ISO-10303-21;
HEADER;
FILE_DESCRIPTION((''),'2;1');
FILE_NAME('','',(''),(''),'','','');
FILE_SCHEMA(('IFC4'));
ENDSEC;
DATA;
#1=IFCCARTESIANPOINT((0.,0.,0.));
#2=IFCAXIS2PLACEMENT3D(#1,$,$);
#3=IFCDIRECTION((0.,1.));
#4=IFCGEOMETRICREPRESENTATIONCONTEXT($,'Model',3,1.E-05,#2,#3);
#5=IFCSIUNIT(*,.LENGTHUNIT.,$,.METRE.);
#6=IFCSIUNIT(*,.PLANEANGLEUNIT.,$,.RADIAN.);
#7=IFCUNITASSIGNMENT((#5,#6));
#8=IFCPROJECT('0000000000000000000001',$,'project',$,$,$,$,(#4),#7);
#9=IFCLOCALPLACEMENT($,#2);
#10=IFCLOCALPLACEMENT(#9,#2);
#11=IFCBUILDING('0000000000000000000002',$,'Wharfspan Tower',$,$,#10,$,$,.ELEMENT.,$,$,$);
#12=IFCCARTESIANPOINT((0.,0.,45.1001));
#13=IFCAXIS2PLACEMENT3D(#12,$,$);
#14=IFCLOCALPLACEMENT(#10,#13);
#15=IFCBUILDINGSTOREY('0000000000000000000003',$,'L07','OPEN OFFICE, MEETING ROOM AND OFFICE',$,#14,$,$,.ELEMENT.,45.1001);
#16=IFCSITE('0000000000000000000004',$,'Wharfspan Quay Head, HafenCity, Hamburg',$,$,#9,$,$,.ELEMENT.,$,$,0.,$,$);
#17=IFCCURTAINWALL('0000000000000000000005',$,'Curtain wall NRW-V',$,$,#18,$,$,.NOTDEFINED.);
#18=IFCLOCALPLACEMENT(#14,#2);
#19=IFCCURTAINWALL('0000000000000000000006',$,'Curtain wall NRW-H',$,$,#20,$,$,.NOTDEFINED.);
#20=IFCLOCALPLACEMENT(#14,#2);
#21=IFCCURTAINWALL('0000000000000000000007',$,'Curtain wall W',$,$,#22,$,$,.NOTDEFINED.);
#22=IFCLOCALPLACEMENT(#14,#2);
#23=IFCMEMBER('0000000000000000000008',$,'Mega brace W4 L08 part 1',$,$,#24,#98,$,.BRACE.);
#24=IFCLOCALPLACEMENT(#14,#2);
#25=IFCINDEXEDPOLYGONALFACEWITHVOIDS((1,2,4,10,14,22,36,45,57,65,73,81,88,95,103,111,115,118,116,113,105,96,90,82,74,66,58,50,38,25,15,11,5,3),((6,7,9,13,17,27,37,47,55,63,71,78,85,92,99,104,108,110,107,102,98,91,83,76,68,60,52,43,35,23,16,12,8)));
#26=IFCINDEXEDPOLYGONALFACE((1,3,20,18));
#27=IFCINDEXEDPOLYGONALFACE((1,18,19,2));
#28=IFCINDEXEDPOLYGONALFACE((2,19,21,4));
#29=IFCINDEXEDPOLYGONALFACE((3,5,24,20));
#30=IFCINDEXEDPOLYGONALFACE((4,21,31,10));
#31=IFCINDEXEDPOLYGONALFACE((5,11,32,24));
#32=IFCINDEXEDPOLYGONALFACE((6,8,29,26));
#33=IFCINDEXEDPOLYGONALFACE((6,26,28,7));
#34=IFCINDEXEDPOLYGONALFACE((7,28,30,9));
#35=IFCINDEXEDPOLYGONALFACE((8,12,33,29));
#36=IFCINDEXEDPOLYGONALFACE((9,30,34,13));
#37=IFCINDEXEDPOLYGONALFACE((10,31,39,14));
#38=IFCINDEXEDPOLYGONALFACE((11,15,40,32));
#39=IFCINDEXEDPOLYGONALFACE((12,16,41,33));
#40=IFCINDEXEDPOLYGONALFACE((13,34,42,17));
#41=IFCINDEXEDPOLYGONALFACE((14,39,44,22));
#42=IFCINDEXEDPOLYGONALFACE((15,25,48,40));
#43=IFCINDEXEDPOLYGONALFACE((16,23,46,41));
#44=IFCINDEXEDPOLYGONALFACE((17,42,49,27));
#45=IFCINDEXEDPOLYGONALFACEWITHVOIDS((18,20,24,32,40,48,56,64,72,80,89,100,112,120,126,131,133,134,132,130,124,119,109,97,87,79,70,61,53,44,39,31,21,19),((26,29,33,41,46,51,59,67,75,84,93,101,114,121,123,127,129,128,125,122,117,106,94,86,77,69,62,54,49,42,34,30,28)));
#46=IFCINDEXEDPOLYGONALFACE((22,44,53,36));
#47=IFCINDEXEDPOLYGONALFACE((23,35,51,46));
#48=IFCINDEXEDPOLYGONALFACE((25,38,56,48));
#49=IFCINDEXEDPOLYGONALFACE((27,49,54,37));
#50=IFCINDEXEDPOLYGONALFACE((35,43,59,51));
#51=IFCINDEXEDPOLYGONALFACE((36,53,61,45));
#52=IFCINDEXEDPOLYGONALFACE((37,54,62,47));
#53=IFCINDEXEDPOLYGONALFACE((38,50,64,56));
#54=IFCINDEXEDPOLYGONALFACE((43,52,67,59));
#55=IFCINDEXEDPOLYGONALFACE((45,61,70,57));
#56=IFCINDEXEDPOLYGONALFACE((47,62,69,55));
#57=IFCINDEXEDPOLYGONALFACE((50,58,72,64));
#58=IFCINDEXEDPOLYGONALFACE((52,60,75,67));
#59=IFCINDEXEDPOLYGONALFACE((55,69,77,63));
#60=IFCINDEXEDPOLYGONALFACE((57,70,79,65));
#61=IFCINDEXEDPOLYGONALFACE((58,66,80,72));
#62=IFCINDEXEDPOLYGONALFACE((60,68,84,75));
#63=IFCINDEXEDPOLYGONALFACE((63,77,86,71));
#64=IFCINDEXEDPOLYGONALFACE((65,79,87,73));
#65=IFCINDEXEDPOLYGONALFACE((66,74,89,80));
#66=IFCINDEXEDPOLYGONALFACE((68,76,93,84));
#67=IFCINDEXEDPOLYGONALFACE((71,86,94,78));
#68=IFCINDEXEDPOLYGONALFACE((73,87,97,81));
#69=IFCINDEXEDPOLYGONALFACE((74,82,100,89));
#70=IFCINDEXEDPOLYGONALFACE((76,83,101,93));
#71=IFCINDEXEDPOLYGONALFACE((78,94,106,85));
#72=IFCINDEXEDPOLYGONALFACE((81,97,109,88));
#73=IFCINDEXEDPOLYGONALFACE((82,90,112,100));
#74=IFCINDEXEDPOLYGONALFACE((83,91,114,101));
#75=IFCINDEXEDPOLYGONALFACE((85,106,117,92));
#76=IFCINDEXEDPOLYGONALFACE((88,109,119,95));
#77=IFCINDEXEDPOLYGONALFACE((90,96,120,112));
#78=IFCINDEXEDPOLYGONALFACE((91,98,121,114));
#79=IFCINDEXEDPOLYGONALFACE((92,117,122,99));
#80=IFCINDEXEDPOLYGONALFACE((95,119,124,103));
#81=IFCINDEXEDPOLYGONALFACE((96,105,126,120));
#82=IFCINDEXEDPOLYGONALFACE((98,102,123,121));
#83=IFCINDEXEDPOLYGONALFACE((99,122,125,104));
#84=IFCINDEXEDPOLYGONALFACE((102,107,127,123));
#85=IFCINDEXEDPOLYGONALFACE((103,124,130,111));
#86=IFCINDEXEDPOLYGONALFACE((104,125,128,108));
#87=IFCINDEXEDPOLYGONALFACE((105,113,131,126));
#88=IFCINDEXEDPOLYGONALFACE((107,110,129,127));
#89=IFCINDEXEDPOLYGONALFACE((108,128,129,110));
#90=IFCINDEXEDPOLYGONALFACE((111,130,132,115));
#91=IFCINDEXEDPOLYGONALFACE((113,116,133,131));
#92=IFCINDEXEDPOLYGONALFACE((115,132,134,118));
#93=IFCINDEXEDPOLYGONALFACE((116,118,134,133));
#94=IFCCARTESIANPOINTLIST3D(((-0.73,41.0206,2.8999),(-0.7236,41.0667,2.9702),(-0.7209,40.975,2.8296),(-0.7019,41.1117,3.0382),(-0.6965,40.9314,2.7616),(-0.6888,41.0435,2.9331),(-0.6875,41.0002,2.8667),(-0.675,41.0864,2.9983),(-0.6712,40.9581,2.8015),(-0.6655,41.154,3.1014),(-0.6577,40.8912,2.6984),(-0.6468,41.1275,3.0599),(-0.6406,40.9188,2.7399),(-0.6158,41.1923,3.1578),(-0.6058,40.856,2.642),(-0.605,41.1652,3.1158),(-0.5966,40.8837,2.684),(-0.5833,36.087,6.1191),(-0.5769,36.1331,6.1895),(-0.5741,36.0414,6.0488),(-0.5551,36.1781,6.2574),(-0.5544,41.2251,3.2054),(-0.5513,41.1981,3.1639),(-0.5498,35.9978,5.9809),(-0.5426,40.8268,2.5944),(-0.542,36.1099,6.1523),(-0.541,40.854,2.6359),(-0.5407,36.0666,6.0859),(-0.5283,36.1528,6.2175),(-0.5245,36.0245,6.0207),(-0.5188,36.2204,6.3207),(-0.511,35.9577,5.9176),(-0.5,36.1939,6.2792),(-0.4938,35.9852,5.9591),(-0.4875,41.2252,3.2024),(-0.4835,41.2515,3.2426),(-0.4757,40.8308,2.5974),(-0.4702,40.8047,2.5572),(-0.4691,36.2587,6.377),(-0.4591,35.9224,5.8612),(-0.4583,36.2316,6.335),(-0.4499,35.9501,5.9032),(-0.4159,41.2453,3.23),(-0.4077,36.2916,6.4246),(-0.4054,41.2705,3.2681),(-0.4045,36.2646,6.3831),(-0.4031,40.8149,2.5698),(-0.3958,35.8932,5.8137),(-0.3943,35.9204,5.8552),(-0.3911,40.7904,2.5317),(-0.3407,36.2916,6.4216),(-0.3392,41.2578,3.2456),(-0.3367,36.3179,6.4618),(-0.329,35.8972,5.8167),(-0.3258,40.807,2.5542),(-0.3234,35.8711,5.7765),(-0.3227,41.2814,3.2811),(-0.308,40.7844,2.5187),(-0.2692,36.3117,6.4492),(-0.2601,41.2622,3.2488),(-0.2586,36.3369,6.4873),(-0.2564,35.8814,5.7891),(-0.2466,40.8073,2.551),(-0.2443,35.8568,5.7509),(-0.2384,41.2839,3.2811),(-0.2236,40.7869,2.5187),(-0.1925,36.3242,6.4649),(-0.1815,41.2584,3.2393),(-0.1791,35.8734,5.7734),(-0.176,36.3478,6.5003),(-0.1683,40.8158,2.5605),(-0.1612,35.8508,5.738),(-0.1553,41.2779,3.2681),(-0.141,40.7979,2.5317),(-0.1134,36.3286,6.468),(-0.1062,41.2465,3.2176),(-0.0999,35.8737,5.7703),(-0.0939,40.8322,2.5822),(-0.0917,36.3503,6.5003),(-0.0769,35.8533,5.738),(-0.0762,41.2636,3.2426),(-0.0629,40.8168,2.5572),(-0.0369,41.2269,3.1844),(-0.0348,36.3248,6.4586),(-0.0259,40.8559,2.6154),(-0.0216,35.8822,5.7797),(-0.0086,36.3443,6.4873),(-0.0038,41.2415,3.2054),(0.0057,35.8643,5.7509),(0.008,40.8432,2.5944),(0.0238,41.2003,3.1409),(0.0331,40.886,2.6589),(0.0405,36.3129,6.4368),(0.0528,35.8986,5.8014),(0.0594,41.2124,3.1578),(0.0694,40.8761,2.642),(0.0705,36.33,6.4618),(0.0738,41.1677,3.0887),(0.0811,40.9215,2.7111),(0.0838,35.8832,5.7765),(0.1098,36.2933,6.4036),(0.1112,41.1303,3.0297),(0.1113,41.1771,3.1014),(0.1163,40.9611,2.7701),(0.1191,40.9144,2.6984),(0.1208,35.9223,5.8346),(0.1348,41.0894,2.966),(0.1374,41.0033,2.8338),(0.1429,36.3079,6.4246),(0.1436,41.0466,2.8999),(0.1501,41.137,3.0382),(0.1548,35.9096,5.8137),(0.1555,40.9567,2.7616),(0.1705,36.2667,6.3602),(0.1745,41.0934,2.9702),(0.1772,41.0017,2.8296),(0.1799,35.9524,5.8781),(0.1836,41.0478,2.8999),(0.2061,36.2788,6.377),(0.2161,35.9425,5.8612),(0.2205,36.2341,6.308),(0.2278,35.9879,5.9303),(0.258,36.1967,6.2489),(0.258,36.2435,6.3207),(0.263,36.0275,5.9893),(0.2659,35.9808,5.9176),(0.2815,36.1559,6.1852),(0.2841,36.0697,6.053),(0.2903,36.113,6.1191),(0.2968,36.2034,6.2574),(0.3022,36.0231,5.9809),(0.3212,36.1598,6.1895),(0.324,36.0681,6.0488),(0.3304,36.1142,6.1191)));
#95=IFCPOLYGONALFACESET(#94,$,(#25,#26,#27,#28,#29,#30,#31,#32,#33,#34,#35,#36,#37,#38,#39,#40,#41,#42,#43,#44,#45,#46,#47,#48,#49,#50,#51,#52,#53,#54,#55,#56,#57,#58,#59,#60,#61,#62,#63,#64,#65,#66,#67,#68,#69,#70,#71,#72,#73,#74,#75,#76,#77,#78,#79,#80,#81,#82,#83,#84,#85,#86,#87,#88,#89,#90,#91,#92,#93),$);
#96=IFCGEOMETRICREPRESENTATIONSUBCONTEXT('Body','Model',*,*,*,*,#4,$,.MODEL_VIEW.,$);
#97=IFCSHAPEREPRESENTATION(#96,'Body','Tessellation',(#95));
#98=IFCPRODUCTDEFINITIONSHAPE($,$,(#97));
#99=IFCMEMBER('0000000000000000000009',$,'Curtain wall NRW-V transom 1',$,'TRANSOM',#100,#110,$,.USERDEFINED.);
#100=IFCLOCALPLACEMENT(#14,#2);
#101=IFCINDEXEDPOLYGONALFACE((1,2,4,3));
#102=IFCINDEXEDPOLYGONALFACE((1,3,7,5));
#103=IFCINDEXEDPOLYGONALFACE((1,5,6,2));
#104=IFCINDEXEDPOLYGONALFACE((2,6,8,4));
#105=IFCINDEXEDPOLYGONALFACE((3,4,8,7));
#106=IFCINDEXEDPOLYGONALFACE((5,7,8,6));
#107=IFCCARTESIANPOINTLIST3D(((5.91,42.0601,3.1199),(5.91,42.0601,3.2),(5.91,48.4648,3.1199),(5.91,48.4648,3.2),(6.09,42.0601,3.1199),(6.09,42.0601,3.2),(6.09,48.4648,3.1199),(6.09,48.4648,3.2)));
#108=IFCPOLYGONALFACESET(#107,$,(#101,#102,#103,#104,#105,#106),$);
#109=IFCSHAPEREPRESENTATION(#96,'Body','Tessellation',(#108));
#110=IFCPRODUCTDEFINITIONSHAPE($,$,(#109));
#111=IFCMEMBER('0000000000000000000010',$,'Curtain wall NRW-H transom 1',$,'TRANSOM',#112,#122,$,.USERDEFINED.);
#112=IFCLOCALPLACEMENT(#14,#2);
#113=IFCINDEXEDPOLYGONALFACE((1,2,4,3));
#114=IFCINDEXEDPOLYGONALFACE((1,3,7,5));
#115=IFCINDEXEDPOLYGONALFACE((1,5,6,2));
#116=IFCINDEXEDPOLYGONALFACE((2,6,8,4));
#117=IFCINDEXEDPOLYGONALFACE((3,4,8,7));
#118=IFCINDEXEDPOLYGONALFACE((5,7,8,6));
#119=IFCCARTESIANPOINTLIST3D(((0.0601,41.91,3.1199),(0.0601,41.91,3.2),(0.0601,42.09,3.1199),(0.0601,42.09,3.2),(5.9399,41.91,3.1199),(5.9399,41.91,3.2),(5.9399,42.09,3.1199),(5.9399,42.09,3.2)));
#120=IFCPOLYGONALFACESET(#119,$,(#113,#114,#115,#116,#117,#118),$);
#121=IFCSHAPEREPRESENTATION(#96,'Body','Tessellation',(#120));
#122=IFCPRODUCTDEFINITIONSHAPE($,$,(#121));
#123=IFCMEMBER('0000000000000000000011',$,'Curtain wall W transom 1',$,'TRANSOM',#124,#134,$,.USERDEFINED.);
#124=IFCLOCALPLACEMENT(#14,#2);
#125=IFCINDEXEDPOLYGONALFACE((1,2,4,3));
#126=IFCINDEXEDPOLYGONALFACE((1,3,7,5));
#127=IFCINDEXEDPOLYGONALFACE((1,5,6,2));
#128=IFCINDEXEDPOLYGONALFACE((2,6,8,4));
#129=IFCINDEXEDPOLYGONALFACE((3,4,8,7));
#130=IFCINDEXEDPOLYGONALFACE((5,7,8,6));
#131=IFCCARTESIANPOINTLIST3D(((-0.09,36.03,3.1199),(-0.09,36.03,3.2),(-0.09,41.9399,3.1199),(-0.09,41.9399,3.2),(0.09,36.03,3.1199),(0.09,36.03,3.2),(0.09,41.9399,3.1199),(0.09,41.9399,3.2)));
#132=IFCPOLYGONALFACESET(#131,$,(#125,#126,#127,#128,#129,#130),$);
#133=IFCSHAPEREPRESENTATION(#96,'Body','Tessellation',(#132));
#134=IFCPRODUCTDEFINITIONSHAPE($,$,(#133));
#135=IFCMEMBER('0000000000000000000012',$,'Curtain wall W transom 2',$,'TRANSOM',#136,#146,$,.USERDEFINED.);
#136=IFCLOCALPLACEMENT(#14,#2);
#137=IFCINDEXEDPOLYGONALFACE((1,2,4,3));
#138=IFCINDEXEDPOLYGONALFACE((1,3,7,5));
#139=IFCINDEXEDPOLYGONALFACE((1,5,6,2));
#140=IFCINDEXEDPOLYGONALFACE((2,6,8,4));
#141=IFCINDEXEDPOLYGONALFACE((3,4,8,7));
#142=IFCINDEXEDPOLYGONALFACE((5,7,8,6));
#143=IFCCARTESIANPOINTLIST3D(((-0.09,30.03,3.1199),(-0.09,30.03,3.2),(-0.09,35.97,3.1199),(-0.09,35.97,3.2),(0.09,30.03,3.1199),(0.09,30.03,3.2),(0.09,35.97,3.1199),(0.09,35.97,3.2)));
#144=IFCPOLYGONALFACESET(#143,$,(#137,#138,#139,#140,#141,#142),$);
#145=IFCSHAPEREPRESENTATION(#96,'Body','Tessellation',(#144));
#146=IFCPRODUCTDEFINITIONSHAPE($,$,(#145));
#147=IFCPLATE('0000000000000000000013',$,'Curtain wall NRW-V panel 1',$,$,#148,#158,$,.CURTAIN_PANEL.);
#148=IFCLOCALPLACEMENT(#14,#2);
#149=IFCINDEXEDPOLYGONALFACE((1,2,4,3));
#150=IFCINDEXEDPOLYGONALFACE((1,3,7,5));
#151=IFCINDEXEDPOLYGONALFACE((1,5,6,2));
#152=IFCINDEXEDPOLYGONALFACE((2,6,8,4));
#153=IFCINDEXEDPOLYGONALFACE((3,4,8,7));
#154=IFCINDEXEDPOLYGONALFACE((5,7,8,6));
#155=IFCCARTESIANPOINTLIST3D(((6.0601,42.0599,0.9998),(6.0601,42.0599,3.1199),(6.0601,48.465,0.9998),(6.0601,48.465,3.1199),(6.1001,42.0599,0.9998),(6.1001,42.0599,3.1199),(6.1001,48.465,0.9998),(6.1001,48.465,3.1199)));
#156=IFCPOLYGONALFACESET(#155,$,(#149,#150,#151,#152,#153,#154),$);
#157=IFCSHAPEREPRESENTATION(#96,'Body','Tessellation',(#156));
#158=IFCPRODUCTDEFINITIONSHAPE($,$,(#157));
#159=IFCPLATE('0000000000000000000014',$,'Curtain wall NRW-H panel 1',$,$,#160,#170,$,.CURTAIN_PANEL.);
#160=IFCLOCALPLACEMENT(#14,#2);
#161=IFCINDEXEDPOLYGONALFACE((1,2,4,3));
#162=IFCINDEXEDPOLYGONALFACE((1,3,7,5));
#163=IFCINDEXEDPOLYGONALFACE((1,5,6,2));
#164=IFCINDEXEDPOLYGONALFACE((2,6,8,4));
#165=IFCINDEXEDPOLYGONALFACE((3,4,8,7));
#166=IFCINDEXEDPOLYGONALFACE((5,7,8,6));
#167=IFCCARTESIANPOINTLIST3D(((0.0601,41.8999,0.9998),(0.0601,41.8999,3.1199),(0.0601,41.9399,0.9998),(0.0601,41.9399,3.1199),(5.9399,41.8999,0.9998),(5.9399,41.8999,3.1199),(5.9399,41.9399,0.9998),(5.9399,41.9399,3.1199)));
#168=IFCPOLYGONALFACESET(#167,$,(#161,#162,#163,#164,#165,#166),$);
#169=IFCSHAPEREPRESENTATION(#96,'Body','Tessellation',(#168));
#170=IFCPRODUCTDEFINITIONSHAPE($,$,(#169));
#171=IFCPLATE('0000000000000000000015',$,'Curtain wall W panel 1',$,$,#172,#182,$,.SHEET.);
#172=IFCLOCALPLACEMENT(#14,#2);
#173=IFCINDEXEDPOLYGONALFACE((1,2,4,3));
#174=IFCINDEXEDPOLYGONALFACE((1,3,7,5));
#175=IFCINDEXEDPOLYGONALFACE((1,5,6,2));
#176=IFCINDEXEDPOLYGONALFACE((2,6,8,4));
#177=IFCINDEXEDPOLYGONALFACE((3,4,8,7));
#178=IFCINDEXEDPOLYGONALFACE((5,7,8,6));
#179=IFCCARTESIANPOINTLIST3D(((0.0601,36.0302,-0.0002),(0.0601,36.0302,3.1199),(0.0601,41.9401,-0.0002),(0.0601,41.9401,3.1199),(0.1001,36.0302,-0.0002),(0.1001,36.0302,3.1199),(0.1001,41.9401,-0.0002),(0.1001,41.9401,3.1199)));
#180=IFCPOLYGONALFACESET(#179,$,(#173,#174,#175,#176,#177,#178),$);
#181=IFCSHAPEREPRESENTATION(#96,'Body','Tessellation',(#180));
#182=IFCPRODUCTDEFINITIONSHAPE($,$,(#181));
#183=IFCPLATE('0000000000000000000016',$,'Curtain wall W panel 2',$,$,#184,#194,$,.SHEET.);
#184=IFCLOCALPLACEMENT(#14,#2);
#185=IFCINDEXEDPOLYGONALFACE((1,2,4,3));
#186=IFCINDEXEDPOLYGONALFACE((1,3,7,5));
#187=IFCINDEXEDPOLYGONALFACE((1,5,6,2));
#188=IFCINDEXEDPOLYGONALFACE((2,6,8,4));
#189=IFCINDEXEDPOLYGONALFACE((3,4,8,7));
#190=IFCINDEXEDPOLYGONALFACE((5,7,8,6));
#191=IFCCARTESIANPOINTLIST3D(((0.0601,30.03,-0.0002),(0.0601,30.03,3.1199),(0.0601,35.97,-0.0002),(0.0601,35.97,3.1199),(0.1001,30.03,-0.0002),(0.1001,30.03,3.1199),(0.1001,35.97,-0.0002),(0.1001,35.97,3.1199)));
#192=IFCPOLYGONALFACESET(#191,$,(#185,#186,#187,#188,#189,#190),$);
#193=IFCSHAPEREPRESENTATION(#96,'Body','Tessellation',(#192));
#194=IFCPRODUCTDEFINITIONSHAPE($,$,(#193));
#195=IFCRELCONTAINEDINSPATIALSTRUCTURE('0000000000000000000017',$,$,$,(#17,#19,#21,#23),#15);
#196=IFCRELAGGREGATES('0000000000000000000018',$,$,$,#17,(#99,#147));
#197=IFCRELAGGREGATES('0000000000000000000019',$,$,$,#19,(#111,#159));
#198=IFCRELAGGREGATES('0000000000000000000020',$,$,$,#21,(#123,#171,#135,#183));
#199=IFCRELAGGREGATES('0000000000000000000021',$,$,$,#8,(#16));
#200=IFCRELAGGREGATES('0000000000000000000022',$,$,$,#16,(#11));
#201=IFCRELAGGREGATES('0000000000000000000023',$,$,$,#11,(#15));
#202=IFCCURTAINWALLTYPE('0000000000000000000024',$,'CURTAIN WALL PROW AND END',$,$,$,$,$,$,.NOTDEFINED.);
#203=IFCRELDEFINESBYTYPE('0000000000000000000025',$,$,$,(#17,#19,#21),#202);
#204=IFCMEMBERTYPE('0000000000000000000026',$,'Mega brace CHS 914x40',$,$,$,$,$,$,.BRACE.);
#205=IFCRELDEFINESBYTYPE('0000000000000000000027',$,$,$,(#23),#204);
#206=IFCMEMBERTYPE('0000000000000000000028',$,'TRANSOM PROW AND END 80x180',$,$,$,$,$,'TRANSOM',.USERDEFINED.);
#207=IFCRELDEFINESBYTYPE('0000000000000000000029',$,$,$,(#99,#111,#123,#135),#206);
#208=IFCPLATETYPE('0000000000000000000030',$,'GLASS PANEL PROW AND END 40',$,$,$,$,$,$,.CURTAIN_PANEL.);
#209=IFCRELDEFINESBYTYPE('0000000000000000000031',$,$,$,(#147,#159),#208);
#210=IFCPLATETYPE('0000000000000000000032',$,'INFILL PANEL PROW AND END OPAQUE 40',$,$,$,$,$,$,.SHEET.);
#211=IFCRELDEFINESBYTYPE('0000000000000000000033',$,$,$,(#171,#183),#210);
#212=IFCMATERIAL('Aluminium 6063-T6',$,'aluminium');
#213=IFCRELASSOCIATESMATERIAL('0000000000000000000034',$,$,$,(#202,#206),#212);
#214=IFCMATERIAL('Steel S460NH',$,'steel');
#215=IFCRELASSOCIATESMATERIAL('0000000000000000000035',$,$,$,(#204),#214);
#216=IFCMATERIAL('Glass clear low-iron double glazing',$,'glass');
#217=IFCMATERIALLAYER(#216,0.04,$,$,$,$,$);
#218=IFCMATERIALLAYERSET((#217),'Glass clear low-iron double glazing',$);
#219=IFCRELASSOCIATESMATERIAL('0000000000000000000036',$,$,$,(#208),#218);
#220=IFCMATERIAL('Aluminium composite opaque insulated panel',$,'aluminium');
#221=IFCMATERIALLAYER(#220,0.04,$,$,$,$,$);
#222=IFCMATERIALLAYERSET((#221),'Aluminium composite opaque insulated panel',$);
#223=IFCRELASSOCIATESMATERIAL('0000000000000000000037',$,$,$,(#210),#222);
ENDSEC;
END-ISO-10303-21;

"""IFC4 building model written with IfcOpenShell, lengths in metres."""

from ifc_helpers import new_model, si_unit, direction, frame, origin, origin_2d, place, context, subcontext, project, spatial, rectangle, hollow_circle, extrude, material, layer, layer_set, material_profile, profile_set, type_object, element, aggregate, save


model = new_model("IFC4")

# Units and contexts
model_context = context("Model", 3, precision=1e-05, world=origin(), true_north=direction((0.0, 1.0)))
body_context = subcontext(model_context, "Body", "Model", "MODEL_VIEW")
ifc_project = project(units=[si_unit("LENGTHUNIT", "METRE"), si_unit("PLANEANGLEUNIT", "RADIAN")], contexts=[model_context])

# Site, building, storey
site_placement = place(None, origin())
site = spatial("IfcSite", under=ifc_project, at=site_placement, Name="Wharfspan Quay Head, HafenCity, Hamburg", CompositionType="ELEMENT", RefElevation=0.0)
building_placement = place(site_placement, origin())
building = spatial("IfcBuilding", under=site, at=building_placement, Name="Wharfspan Tower", CompositionType="ELEMENT")
storey_placement = place(building_placement, frame((0.0, 0.0, 45.1001)))
storey = spatial("IfcBuildingStorey", under=building, at=storey_placement, Name="L07", Description="OPEN OFFICE, MEETING ROOM AND OFFICE", CompositionType="ELEMENT", Elevation=45.1001)

# Curtain walls
ifc_material_1 = material(Name="Aluminium 6063-T6", Category="aluminium")
curtain_wall_type = type_object("IfcCurtainWallType", Name="CURTAIN WALL PROW AND END", PredefinedType="NOTDEFINED", material=ifc_material_1)
curtain_wall_1_placement = place(storey_placement, origin())
curtain_wall_1 = element("IfcCurtainWall", 1, at=curtain_wall_1_placement, inside=storey, type_object=curtain_wall_type, Name="Curtain wall NRW-V", PredefinedType="NOTDEFINED")
curtain_wall_2_placement = place(storey_placement, origin())
curtain_wall_2 = element("IfcCurtainWall", 2, at=curtain_wall_2_placement, inside=storey, type_object=curtain_wall_type, Name="Curtain wall NRW-H", PredefinedType="NOTDEFINED")
curtain_wall_3_placement = place(storey_placement, origin())
curtain_wall_3 = element("IfcCurtainWall", 3, at=curtain_wall_3_placement, inside=storey, type_object=curtain_wall_type, Name="Curtain wall W", PredefinedType="NOTDEFINED")

# Members
ifc_material_2 = material(Name="Steel S460NH", Category="steel")
ifc_material_profile_1 = material_profile(ifc_material_2, hollow_circle(Radius=0.457, WallThickness=0.04, at=origin_2d()))
ifc_profile_set_1 = profile_set([ifc_material_profile_1], Name="Steel S460NH")
member_type_1 = type_object("IfcMemberType", Name="Mega brace CHS 914x40", PredefinedType="BRACE", material=ifc_profile_set_1)
member_1_placement = place(storey_placement, frame((-0.2732, 41.0342, 2.8999), z_axis=(0.0249, -0.837221, 0.546298), x_axis=(0.999556, 0.02973, 0.000003)))
element("IfcMember", 4, at=member_1_placement, inside=storey, type_object=member_type_1, Name="Mega brace W4 L08 part 1", PredefinedType="BRACE", context=body_context, shape_type="SweptSolid", body=[
    extrude(hollow_circle(Radius=0.457, WallThickness=0.04, at=origin_2d()), origin(), (0.0, 0.0, 1.0), 5.8928),
])
ifc_material_profile_2 = material_profile(ifc_material_1, rectangle(XDim=0.1799, YDim=0.0801, at=origin_2d()))
ifc_profile_set_2 = profile_set([ifc_material_profile_2], Name="Aluminium 6063-T6")
member_type_2 = type_object("IfcMemberType", Name="TRANSOM PROW AND END 80x180", ElementType="TRANSOM", PredefinedType="USERDEFINED", material=ifc_profile_set_2)
member_2_placement = place(storey_placement, frame((6.0, 48.4648, 3.1599), z_axis=(0.0, -1.0, 0.0), x_axis=(1.0, 0.0, 0.0)))
member_2 = element("IfcMember", 5, at=member_2_placement, type_object=member_type_2, Name="Curtain wall NRW-V transom 1", ObjectType="TRANSOM", PredefinedType="USERDEFINED", context=body_context, shape_type="SweptSolid", body=[
    extrude(rectangle(XDim=0.1799, YDim=0.0801, at=origin_2d()), origin(), (0.0, 0.0, 1.0), 6.4048),
])
member_3_placement = place(storey_placement, frame((5.9399, 42.0, 3.1599), z_axis=(-1.0, 0.0, 0.0), x_axis=(0.0, -1.0, 0.0)))
member_3 = element("IfcMember", 6, at=member_3_placement, type_object=member_type_2, Name="Curtain wall NRW-H transom 1", ObjectType="TRANSOM", PredefinedType="USERDEFINED", context=body_context, shape_type="SweptSolid", body=[
    extrude(rectangle(XDim=0.1799, YDim=0.0801, at=origin_2d()), origin(), (0.0, 0.0, 1.0), 5.8799),
])
member_4_placement = place(storey_placement, frame((0.0, 41.9399, 3.1599), z_axis=(0.0, -1.0, 0.0), x_axis=(1.0, 0.0, 0.0)))
member_4 = element("IfcMember", 7, at=member_4_placement, type_object=member_type_2, Name="Curtain wall W transom 1", ObjectType="TRANSOM", PredefinedType="USERDEFINED", context=body_context, shape_type="SweptSolid", body=[
    extrude(rectangle(XDim=0.1799, YDim=0.0801, at=origin_2d()), origin(), (0.0, 0.0, 1.0), 5.9099),
])
member_5_placement = place(storey_placement, frame((0.0, 35.97, 3.1599), z_axis=(0.0, -1.0, 0.0), x_axis=(1.0, 0.0, 0.0)))
member_5 = element("IfcMember", 8, at=member_5_placement, type_object=member_type_2, Name="Curtain wall W transom 2", ObjectType="TRANSOM", PredefinedType="USERDEFINED", context=body_context, shape_type="SweptSolid", body=[
    extrude(rectangle(XDim=0.1799, YDim=0.0801, at=origin_2d()), origin(), (0.0, 0.0, 1.0), 5.9399),
])

# Plates
ifc_material_3 = material(Name="Glass clear low-iron double glazing", Category="glass")
ifc_layer_1 = layer(ifc_material_3, 0.04)
ifc_layer_set_1 = layer_set([ifc_layer_1], Name="Glass clear low-iron double glazing")
plate_type_1 = type_object("IfcPlateType", Name="GLASS PANEL PROW AND END 40", PredefinedType="CURTAIN_PANEL", material=ifc_layer_set_1)
plate_1_placement = place(storey_placement, frame((6.0801, 45.2625, 0.9998), z_axis=(0.0, 0.0, 1.0), x_axis=(0.0, -1.0, 0.0)))
plate_1 = element("IfcPlate", 9, at=plate_1_placement, type_object=plate_type_1, Name="Curtain wall NRW-V panel 1", PredefinedType="CURTAIN_PANEL", context=body_context, shape_type="SweptSolid", body=[
    extrude(rectangle(XDim=6.405, YDim=0.04, at=origin_2d()), origin(), (0.0, 0.0, 1.0), 2.1201),
])
aggregate(curtain_wall_1, [member_2, plate_1])
plate_2_placement = place(storey_placement, frame((3.0, 41.9199, 0.9998), z_axis=(0.0, 0.0, 1.0), x_axis=(-1.0, 0.0, 0.0)))
plate_2 = element("IfcPlate", 10, at=plate_2_placement, type_object=plate_type_1, Name="Curtain wall NRW-H panel 1", PredefinedType="CURTAIN_PANEL", context=body_context, shape_type="SweptSolid", body=[
    extrude(rectangle(XDim=5.8799, YDim=0.04, at=origin_2d()), origin(), (0.0, 0.0, 1.0), 2.1201),
])
aggregate(curtain_wall_2, [member_3, plate_2])
ifc_material_4 = material(Name="Aluminium composite opaque insulated panel", Category="aluminium")
ifc_layer_2 = layer(ifc_material_4, 0.04)
ifc_layer_set_2 = layer_set([ifc_layer_2], Name="Aluminium composite opaque insulated panel")
plate_type_2 = type_object("IfcPlateType", Name="INFILL PANEL PROW AND END OPAQUE 40", PredefinedType="SHEET", material=ifc_layer_set_2)
plate_3_placement = place(storey_placement, frame((0.0801, 38.9851, -0.0002), z_axis=(0.0, 0.0, 1.0), x_axis=(0.0, -1.0, 0.0)))
plate_3 = element("IfcPlate", 11, at=plate_3_placement, type_object=plate_type_2, Name="Curtain wall W panel 1", PredefinedType="SHEET", context=body_context, shape_type="SweptSolid", body=[
    extrude(rectangle(XDim=5.9099, YDim=0.04, at=origin_2d()), origin(), (0.0, 0.0, 1.0), 3.1201),
])
plate_4_placement = place(storey_placement, frame((0.0801, 33.0, -0.0002), z_axis=(0.0, 0.0, 1.0), x_axis=(0.0, -1.0, 0.0)))
plate_4 = element("IfcPlate", 12, at=plate_4_placement, type_object=plate_type_2, Name="Curtain wall W panel 2", PredefinedType="SHEET", context=body_context, shape_type="SweptSolid", body=[
    extrude(rectangle(XDim=5.9399, YDim=0.04, at=origin_2d()), origin(), (0.0, 0.0, 1.0), 3.1201),
])
aggregate(curtain_wall_3, [member_4, plate_3, member_5, plate_4])

save(model, "model.ifc")
